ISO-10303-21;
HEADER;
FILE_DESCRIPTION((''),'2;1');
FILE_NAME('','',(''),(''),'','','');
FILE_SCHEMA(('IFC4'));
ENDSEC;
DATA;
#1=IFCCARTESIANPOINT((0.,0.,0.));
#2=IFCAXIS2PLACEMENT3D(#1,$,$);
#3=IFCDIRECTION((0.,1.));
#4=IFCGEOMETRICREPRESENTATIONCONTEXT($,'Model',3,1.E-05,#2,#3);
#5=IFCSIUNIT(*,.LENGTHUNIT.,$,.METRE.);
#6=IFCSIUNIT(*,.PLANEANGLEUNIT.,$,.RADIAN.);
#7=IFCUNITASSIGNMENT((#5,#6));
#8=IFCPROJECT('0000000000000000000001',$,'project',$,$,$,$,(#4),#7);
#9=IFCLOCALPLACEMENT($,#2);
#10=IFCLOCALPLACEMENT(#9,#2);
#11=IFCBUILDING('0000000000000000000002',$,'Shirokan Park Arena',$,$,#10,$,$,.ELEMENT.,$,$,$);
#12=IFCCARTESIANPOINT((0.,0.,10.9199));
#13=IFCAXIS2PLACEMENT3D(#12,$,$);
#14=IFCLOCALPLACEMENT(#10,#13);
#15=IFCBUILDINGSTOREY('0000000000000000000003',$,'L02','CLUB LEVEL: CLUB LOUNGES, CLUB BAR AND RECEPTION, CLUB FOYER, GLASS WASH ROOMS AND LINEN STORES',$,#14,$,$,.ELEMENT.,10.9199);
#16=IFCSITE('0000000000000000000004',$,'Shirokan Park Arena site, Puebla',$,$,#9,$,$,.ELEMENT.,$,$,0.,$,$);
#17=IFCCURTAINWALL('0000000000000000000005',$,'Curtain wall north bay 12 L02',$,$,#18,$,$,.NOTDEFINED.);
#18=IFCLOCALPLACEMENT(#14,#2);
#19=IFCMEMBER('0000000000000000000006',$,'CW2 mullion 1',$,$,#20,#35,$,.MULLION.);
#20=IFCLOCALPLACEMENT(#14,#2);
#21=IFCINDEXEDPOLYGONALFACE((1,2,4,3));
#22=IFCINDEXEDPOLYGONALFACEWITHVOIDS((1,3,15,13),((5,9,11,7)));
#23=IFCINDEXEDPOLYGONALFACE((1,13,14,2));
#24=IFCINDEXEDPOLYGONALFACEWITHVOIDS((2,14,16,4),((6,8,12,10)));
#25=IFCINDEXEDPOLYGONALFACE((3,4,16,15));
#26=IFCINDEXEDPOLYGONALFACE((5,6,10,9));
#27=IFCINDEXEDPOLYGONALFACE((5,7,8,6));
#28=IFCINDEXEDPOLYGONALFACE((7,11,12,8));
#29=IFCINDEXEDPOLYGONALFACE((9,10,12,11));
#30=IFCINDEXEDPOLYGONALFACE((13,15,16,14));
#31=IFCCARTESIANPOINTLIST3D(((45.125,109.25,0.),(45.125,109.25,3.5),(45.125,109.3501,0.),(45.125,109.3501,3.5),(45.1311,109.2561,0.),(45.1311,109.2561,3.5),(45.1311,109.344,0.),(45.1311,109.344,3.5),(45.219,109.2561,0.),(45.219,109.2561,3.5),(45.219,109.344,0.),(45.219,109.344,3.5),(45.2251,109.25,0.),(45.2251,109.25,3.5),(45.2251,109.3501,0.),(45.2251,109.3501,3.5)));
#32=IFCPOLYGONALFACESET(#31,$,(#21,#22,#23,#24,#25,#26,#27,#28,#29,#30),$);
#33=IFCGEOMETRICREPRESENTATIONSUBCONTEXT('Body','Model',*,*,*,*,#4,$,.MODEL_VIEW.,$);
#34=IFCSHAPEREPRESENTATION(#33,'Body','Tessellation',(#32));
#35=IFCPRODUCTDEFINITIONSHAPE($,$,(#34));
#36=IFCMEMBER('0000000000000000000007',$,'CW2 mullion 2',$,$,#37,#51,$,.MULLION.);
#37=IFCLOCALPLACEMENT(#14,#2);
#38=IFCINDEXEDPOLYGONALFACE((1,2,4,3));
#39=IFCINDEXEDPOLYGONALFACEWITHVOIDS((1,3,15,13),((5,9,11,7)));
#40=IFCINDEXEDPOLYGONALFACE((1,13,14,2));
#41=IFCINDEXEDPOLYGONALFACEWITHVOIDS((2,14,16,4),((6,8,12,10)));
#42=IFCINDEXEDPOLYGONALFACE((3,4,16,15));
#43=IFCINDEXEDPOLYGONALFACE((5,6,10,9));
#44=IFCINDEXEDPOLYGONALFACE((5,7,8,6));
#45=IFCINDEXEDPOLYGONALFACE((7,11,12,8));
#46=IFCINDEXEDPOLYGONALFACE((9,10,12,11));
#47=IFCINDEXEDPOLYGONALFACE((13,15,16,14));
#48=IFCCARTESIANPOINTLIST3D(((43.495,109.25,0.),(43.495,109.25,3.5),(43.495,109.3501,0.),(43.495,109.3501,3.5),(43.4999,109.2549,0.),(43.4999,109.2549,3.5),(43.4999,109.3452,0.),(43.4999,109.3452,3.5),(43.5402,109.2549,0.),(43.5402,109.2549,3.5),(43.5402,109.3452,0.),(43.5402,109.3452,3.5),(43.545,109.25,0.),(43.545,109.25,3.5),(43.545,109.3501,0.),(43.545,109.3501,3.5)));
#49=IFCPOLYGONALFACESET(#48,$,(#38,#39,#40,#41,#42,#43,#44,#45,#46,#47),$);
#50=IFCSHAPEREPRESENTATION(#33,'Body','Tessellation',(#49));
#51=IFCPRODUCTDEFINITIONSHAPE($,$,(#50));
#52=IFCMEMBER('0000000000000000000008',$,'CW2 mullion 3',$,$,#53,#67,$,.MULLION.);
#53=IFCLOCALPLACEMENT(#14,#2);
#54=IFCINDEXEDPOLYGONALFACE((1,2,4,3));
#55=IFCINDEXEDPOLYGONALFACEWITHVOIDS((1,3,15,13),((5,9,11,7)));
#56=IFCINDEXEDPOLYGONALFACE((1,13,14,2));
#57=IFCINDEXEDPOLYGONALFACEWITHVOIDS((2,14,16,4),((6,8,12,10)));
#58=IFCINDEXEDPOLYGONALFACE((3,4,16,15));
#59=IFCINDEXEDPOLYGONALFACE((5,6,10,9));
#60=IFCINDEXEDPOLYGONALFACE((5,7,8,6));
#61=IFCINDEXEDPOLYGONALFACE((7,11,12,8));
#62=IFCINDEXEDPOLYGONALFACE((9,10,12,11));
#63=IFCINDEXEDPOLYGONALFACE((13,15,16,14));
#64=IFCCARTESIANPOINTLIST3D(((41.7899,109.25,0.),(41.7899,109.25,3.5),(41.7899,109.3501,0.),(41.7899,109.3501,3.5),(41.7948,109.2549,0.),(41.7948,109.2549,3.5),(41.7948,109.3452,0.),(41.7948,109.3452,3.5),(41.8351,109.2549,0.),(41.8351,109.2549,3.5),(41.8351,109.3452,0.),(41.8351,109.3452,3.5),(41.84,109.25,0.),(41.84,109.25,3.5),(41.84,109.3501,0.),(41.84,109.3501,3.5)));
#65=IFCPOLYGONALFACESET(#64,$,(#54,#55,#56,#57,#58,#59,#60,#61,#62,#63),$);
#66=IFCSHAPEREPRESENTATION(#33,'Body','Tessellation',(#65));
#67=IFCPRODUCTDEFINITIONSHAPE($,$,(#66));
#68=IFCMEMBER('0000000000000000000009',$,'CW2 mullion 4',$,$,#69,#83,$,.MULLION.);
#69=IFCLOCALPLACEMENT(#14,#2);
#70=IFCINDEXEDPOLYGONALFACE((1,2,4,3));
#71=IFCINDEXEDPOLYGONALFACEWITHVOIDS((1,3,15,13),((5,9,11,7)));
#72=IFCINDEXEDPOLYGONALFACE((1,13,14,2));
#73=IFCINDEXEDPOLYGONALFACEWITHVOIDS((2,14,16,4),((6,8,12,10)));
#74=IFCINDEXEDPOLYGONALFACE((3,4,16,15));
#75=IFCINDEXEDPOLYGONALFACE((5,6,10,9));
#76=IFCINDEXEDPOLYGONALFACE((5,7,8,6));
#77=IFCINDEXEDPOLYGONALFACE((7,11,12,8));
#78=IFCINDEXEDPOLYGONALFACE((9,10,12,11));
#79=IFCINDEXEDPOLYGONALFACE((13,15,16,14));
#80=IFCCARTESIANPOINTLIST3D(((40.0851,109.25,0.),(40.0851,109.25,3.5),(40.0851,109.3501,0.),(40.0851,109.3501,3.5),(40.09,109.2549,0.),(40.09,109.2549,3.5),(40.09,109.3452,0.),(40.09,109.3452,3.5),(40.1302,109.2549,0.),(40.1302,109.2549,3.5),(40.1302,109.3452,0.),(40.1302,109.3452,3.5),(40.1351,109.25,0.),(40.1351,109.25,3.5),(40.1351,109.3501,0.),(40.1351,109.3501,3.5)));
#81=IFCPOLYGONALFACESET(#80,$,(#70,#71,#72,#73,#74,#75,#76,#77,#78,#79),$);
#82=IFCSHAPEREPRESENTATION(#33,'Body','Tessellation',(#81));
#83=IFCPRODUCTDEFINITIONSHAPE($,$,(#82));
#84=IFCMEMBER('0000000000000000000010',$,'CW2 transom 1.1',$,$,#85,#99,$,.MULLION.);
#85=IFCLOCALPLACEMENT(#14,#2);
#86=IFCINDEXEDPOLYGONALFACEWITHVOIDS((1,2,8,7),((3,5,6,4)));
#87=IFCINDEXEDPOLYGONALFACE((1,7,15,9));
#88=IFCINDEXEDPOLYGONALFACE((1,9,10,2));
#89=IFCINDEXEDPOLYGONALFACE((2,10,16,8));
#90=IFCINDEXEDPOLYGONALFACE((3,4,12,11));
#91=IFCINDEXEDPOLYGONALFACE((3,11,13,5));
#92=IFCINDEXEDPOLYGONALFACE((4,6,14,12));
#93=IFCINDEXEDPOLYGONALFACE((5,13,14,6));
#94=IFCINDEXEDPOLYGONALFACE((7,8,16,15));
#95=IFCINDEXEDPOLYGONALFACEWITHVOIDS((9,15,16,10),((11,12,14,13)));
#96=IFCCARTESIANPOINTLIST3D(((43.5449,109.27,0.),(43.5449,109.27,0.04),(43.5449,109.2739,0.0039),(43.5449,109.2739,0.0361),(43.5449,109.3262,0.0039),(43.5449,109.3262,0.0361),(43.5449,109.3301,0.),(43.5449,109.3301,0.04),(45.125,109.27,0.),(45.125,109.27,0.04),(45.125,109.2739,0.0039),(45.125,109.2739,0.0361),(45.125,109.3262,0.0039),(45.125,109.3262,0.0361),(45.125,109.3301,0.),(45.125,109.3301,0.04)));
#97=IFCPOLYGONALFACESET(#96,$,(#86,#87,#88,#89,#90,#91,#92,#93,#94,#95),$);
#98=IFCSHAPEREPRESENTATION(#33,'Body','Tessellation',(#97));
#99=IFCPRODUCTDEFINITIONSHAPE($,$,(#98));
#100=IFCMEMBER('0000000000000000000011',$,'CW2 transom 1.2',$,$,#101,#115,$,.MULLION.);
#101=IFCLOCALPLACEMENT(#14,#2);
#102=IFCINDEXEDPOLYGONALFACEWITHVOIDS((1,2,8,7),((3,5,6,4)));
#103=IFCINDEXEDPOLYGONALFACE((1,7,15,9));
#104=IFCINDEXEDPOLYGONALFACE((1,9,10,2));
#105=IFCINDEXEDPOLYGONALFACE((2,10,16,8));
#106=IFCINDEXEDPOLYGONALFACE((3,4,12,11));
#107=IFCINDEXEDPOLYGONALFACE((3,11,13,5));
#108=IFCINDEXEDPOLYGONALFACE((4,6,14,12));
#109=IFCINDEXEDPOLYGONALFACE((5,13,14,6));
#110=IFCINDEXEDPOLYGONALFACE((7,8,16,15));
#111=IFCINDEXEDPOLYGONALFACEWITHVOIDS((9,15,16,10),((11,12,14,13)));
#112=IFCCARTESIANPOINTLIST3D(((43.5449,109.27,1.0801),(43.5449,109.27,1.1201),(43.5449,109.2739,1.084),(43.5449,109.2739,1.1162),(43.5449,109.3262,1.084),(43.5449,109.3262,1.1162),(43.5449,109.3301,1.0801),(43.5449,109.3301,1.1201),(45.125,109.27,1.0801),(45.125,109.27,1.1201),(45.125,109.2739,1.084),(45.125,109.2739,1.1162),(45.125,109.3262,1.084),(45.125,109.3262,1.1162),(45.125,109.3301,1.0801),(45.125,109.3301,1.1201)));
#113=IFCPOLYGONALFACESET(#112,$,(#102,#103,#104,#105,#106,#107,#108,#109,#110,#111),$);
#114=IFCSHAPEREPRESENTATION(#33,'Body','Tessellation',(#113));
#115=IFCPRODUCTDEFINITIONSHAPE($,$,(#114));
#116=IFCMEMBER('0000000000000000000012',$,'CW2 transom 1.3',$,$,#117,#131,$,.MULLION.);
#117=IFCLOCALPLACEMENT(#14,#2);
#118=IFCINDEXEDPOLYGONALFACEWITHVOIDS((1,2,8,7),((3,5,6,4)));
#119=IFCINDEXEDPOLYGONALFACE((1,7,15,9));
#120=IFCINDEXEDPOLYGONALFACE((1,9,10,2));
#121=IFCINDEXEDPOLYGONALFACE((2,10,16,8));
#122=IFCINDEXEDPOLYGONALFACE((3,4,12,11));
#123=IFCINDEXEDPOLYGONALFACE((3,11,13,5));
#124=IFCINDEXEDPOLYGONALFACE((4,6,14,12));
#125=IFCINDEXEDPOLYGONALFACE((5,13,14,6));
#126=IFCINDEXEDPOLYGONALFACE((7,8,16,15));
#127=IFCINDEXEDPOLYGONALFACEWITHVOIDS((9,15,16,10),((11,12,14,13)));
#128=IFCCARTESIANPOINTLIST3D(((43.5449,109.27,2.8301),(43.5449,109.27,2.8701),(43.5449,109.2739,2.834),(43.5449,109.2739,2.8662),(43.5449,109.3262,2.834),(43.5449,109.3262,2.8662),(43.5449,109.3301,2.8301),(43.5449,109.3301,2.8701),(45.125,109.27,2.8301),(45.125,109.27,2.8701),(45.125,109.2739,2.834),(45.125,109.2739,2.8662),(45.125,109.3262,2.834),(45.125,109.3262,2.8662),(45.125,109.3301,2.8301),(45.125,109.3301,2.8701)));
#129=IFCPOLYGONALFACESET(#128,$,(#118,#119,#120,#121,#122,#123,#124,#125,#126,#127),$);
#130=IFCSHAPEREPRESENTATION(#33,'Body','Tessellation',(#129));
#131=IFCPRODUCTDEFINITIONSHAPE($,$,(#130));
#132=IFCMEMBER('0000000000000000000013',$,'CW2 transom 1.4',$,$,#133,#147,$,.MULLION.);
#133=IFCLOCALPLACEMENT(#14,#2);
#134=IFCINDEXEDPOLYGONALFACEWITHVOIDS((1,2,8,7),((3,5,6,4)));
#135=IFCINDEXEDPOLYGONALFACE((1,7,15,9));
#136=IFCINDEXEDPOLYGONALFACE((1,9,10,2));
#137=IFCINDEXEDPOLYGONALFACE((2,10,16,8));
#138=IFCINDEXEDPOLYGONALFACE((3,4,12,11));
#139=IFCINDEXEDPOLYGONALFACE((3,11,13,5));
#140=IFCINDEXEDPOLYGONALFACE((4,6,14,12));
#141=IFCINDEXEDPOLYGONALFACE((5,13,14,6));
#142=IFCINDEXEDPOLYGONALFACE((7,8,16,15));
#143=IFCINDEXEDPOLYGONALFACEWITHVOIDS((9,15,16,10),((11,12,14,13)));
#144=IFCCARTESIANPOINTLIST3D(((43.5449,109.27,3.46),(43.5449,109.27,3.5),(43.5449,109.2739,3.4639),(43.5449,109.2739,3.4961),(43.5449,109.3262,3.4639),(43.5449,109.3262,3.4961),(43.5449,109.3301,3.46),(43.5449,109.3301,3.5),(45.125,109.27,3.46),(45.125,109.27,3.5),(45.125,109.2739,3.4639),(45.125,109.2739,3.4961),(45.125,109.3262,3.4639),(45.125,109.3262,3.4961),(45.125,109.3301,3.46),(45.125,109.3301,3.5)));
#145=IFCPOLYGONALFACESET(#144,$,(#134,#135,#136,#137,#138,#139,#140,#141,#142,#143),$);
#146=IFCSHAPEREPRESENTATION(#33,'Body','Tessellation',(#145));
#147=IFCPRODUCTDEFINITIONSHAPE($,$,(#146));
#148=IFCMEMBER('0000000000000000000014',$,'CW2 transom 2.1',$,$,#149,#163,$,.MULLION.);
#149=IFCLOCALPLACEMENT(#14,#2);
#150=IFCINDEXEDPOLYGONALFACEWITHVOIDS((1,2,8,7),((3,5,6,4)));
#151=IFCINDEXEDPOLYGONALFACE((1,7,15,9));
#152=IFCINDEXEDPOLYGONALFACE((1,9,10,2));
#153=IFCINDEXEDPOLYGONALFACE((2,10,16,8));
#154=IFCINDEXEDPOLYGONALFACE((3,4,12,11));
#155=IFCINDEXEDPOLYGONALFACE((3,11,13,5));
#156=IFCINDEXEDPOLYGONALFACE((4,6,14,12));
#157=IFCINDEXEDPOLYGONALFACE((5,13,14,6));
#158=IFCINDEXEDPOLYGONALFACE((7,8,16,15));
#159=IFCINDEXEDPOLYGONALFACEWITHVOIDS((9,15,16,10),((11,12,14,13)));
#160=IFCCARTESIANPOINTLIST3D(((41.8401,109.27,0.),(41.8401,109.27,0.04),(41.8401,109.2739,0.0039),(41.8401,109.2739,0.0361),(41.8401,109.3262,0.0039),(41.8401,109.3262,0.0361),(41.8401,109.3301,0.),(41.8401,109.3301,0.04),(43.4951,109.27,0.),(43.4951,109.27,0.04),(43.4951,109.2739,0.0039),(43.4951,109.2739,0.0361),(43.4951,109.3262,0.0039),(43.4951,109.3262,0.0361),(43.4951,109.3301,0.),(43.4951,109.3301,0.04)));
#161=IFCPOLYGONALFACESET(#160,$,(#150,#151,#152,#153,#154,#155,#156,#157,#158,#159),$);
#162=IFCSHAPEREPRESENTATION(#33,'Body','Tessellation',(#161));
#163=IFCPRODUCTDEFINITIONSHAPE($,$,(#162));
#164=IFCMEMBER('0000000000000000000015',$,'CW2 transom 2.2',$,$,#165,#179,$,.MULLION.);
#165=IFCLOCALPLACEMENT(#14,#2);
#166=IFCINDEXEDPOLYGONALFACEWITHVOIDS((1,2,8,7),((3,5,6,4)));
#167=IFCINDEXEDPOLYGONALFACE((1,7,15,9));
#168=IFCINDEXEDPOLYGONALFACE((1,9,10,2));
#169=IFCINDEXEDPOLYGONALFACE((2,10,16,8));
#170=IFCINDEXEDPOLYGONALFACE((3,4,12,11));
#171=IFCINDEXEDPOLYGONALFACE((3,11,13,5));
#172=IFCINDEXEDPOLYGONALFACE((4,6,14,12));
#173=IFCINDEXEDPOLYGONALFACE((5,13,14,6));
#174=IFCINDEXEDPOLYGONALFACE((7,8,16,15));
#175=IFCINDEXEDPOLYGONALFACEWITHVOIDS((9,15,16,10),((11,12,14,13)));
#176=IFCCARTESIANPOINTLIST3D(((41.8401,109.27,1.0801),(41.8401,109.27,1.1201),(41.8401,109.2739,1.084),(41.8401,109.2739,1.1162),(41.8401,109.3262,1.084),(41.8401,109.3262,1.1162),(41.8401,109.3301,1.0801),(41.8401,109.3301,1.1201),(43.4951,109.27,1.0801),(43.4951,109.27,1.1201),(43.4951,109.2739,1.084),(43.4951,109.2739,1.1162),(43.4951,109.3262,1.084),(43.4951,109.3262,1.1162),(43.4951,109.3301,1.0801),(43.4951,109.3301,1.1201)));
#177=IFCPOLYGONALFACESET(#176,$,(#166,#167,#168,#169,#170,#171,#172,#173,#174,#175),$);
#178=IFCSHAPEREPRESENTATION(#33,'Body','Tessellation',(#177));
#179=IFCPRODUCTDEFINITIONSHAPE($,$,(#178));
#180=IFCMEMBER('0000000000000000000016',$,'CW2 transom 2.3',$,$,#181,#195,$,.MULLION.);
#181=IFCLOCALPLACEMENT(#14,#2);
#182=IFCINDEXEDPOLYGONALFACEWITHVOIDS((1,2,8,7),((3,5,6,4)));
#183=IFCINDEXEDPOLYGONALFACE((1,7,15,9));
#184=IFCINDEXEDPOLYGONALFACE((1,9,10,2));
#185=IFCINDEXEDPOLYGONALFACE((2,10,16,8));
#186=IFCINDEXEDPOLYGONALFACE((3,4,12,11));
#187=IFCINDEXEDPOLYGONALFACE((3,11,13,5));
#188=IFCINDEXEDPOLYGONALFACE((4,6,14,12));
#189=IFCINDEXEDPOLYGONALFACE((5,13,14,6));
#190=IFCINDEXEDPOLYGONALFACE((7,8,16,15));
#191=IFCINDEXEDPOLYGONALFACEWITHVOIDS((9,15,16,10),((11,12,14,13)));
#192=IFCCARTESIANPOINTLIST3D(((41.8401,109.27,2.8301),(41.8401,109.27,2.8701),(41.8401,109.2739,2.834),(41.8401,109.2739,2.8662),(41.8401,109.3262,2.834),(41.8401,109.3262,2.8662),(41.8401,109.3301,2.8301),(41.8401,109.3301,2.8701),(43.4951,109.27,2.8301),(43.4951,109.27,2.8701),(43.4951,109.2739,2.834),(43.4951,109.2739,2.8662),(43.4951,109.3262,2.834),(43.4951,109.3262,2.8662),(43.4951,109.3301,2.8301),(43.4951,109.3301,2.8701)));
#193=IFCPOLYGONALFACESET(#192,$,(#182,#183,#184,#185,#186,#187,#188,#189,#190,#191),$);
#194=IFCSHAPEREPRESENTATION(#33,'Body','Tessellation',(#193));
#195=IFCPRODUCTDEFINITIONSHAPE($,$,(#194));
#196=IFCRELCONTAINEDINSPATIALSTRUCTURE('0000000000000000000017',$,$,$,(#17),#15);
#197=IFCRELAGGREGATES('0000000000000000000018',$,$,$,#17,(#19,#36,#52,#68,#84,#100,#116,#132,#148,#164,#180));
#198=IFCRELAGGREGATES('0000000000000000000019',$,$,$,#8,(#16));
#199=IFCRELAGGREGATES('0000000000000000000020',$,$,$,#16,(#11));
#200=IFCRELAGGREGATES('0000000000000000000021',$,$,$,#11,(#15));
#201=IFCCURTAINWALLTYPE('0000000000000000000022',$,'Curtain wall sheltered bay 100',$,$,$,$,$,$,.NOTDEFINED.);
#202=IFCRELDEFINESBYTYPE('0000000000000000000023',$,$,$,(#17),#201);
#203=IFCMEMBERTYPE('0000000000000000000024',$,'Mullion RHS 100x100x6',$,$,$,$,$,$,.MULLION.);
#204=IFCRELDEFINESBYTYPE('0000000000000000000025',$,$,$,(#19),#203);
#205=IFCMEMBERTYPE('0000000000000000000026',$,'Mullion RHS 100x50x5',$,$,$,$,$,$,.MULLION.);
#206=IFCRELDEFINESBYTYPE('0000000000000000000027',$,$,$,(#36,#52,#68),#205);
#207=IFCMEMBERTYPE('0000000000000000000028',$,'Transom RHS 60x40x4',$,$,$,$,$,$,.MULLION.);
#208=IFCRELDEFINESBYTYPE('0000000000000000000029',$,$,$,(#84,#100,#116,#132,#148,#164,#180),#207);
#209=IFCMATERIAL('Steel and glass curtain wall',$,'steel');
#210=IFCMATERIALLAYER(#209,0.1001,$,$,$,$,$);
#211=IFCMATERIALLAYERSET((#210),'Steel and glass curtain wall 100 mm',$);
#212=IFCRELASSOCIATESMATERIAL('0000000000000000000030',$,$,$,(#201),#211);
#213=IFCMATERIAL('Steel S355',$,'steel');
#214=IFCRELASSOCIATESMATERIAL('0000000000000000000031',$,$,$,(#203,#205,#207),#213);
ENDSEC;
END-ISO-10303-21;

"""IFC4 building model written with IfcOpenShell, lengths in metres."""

from ifc_helpers import new_model, si_unit, direction, frame, origin, origin_2d, place, context, subcontext, project, spatial, hollow_rectangle, extrude, material, layer, layer_set, material_profile, profile_set, type_object, element, aggregate, save


model = new_model("IFC4")

# Units and contexts
model_context = context("Model", 3, precision=1e-05, world=origin(), true_north=direction((0.0, 1.0)))
body_context = subcontext(model_context, "Body", "Model", "MODEL_VIEW")
ifc_project = project(units=[si_unit("LENGTHUNIT", "METRE"), si_unit("PLANEANGLEUNIT", "RADIAN")], contexts=[model_context])

# Site, building, storey
site_placement = place(None, origin())
site = spatial("IfcSite", under=ifc_project, at=site_placement, Name="Shirokan Park Arena site, Puebla", CompositionType="ELEMENT", RefElevation=0.0)
building_placement = place(site_placement, origin())
building = spatial("IfcBuilding", under=site, at=building_placement, Name="Shirokan Park Arena", CompositionType="ELEMENT")
storey_placement = place(building_placement, frame((0.0, 0.0, 10.9199)))
storey = spatial("IfcBuildingStorey", under=building, at=storey_placement, Name="L02", Description="CLUB LEVEL: CLUB LOUNGES, CLUB BAR AND RECEPTION, CLUB FOYER, GLASS WASH ROOMS AND LINEN STORES", CompositionType="ELEMENT", Elevation=10.9199)

# Curtain wall, members
ifc_material_1 = material(Name="Steel and glass curtain wall", Category="steel")
ifc_layer_1 = layer(ifc_material_1, 0.1001)
ifc_layer_set_1 = layer_set([ifc_layer_1], Name="Steel and glass curtain wall 100 mm")
curtain_wall_type = type_object("IfcCurtainWallType", Name="Curtain wall sheltered bay 100", PredefinedType="NOTDEFINED", material=ifc_layer_set_1)
curtain_wall_placement = place(storey_placement, origin())
curtain_wall = element("IfcCurtainWall", 1, at=curtain_wall_placement, inside=storey, type_object=curtain_wall_type, Name="Curtain wall north bay 12 L02", PredefinedType="NOTDEFINED")
ifc_material_2 = material(Name="Steel S355", Category="steel")
ifc_material_profile_1 = material_profile(ifc_material_2, hollow_rectangle(XDim=0.1001, YDim=0.1001, WallThickness=0.0061, at=origin_2d()), Name="RHS 100x100x6")
ifc_profile_set_1 = profile_set([ifc_material_profile_1], Name="Steel S355")
member_type_1 = type_object("IfcMemberType", Name="Mullion RHS 100x100x6", PredefinedType="MULLION", material=ifc_profile_set_1)
member_1_placement = place(storey_placement, frame((45.175, 109.3, 0.0), z_axis=(0.0, 0.0, 1.0), x_axis=(0.0, -1.0, 0.0)))
member_1 = element("IfcMember", 2, at=member_1_placement, type_object=member_type_1, Name="CW2 mullion 1", PredefinedType="MULLION", context=body_context, shape_type="SweptSolid", body=[
    extrude(hollow_rectangle(XDim=0.1001, YDim=0.1001, WallThickness=0.0061, at=origin_2d()), origin(), (0.0, 0.0, 1.0), 3.5),
])
ifc_material_profile_2 = material_profile(ifc_material_2, hollow_rectangle(XDim=0.1001, YDim=0.05, WallThickness=0.0049, at=origin_2d()), Name="RHS 100x50x5")
ifc_profile_set_2 = profile_set([ifc_material_profile_2], Name="Steel S355")
member_type_2 = type_object("IfcMemberType", Name="Mullion RHS 100x50x5", PredefinedType="MULLION", material=ifc_profile_set_2)
member_2_placement = place(storey_placement, frame((43.52, 109.3, 0.0), z_axis=(0.0, 0.0, 1.0), x_axis=(0.0, -1.0, 0.0)))
member_2 = element("IfcMember", 3, at=member_2_placement, type_object=member_type_2, Name="CW2 mullion 2", PredefinedType="MULLION", context=body_context, shape_type="SweptSolid", body=[
    extrude(hollow_rectangle(XDim=0.1001, YDim=0.05, WallThickness=0.0049, at=origin_2d()), origin(), (0.0, 0.0, 1.0), 3.5),
])
member_3_placement = place(storey_placement, frame((41.8149, 109.3, 0.0), z_axis=(0.0, 0.0, 1.0), x_axis=(0.0, -1.0, 0.0)))
member_3 = element("IfcMember", 4, at=member_3_placement, type_object=member_type_2, Name="CW2 mullion 3", PredefinedType="MULLION", context=body_context, shape_type="SweptSolid", body=[
    extrude(hollow_rectangle(XDim=0.1001, YDim=0.05, WallThickness=0.0049, at=origin_2d()), origin(), (0.0, 0.0, 1.0), 3.5),
])
member_4_placement = place(storey_placement, frame((40.1101, 109.3, 0.0), z_axis=(0.0, 0.0, 1.0), x_axis=(0.0, -1.0, 0.0)))
member_4 = element("IfcMember", 5, at=member_4_placement, type_object=member_type_2, Name="CW2 mullion 4", PredefinedType="MULLION", context=body_context, shape_type="SweptSolid", body=[
    extrude(hollow_rectangle(XDim=0.1001, YDim=0.05, WallThickness=0.0049, at=origin_2d()), origin(), (0.0, 0.0, 1.0), 3.5),
])
ifc_material_profile_3 = material_profile(ifc_material_2, hollow_rectangle(XDim=0.0601, YDim=0.04, WallThickness=0.0039, at=origin_2d()), Name="RHS 60x40x4")
ifc_profile_set_3 = profile_set([ifc_material_profile_3], Name="Steel S355")
member_type_3 = type_object("IfcMemberType", Name="Transom RHS 60x40x4", PredefinedType="MULLION", material=ifc_profile_set_3)
member_5_placement = place(storey_placement, frame((45.125, 109.3, 0.02), z_axis=(-1.0, 0.0, 0.0), x_axis=(0.0, -1.0, 0.0)))
member_5 = element("IfcMember", 6, at=member_5_placement, type_object=member_type_3, Name="CW2 transom 1.1", PredefinedType="MULLION", context=body_context, shape_type="SweptSolid", body=[
    extrude(hollow_rectangle(XDim=0.0601, YDim=0.04, WallThickness=0.0039, at=origin_2d()), origin(), (0.0, 0.0, 1.0), 1.5801),
])
member_6_placement = place(storey_placement, frame((45.125, 109.3, 1.1001), z_axis=(-1.0, 0.0, 0.0), x_axis=(0.0, -1.0, 0.0)))
member_6 = element("IfcMember", 7, at=member_6_placement, type_object=member_type_3, Name="CW2 transom 1.2", PredefinedType="MULLION", context=body_context, shape_type="SweptSolid", body=[
    extrude(hollow_rectangle(XDim=0.0601, YDim=0.04, WallThickness=0.0039, at=origin_2d()), origin(), (0.0, 0.0, 1.0), 1.5801),
])
member_7_placement = place(storey_placement, frame((45.125, 109.3, 2.8501), z_axis=(-1.0, 0.0, 0.0), x_axis=(0.0, -1.0, 0.0)))
member_7 = element("IfcMember", 8, at=member_7_placement, type_object=member_type_3, Name="CW2 transom 1.3", PredefinedType="MULLION", context=body_context, shape_type="SweptSolid", body=[
    extrude(hollow_rectangle(XDim=0.0601, YDim=0.04, WallThickness=0.0039, at=origin_2d()), origin(), (0.0, 0.0, 1.0), 1.5801),
])
member_8_placement = place(storey_placement, frame((45.125, 109.3, 3.48), z_axis=(-1.0, 0.0, 0.0), x_axis=(0.0, -1.0, 0.0)))
member_8 = element("IfcMember", 9, at=member_8_placement, type_object=member_type_3, Name="CW2 transom 1.4", PredefinedType="MULLION", context=body_context, shape_type="SweptSolid", body=[
    extrude(hollow_rectangle(XDim=0.0601, YDim=0.04, WallThickness=0.0039, at=origin_2d()), origin(), (0.0, 0.0, 1.0), 1.5801),
])
member_9_placement = place(storey_placement, frame((43.4951, 109.3, 0.02), z_axis=(-1.0, 0.0, 0.0), x_axis=(0.0, -1.0, 0.0)))
member_9 = element("IfcMember", 10, at=member_9_placement, type_object=member_type_3, Name="CW2 transom 2.1", PredefinedType="MULLION", context=body_context, shape_type="SweptSolid", body=[
    extrude(hollow_rectangle(XDim=0.0601, YDim=0.04, WallThickness=0.0039, at=origin_2d()), origin(), (0.0, 0.0, 1.0), 1.655),
])
member_10_placement = place(storey_placement, frame((43.4951, 109.3, 1.1001), z_axis=(-1.0, 0.0, 0.0), x_axis=(0.0, -1.0, 0.0)))
member_10 = element("IfcMember", 11, at=member_10_placement, type_object=member_type_3, Name="CW2 transom 2.2", PredefinedType="MULLION", context=body_context, shape_type="SweptSolid", body=[
    extrude(hollow_rectangle(XDim=0.0601, YDim=0.04, WallThickness=0.0039, at=origin_2d()), origin(), (0.0, 0.0, 1.0), 1.655),
])
member_11_placement = place(storey_placement, frame((43.4951, 109.3, 2.8501), z_axis=(-1.0, 0.0, 0.0), x_axis=(0.0, -1.0, 0.0)))
member_11 = element("IfcMember", 12, at=member_11_placement, type_object=member_type_3, Name="CW2 transom 2.3", PredefinedType="MULLION", context=body_context, shape_type="SweptSolid", body=[
    extrude(hollow_rectangle(XDim=0.0601, YDim=0.04, WallThickness=0.0039, at=origin_2d()), origin(), (0.0, 0.0, 1.0), 1.655),
])
aggregate(curtain_wall, [member_1, member_2, member_3, member_4, member_5, member_6, member_7, member_8, member_9, member_10, member_11])

save(model, "model.ifc")
